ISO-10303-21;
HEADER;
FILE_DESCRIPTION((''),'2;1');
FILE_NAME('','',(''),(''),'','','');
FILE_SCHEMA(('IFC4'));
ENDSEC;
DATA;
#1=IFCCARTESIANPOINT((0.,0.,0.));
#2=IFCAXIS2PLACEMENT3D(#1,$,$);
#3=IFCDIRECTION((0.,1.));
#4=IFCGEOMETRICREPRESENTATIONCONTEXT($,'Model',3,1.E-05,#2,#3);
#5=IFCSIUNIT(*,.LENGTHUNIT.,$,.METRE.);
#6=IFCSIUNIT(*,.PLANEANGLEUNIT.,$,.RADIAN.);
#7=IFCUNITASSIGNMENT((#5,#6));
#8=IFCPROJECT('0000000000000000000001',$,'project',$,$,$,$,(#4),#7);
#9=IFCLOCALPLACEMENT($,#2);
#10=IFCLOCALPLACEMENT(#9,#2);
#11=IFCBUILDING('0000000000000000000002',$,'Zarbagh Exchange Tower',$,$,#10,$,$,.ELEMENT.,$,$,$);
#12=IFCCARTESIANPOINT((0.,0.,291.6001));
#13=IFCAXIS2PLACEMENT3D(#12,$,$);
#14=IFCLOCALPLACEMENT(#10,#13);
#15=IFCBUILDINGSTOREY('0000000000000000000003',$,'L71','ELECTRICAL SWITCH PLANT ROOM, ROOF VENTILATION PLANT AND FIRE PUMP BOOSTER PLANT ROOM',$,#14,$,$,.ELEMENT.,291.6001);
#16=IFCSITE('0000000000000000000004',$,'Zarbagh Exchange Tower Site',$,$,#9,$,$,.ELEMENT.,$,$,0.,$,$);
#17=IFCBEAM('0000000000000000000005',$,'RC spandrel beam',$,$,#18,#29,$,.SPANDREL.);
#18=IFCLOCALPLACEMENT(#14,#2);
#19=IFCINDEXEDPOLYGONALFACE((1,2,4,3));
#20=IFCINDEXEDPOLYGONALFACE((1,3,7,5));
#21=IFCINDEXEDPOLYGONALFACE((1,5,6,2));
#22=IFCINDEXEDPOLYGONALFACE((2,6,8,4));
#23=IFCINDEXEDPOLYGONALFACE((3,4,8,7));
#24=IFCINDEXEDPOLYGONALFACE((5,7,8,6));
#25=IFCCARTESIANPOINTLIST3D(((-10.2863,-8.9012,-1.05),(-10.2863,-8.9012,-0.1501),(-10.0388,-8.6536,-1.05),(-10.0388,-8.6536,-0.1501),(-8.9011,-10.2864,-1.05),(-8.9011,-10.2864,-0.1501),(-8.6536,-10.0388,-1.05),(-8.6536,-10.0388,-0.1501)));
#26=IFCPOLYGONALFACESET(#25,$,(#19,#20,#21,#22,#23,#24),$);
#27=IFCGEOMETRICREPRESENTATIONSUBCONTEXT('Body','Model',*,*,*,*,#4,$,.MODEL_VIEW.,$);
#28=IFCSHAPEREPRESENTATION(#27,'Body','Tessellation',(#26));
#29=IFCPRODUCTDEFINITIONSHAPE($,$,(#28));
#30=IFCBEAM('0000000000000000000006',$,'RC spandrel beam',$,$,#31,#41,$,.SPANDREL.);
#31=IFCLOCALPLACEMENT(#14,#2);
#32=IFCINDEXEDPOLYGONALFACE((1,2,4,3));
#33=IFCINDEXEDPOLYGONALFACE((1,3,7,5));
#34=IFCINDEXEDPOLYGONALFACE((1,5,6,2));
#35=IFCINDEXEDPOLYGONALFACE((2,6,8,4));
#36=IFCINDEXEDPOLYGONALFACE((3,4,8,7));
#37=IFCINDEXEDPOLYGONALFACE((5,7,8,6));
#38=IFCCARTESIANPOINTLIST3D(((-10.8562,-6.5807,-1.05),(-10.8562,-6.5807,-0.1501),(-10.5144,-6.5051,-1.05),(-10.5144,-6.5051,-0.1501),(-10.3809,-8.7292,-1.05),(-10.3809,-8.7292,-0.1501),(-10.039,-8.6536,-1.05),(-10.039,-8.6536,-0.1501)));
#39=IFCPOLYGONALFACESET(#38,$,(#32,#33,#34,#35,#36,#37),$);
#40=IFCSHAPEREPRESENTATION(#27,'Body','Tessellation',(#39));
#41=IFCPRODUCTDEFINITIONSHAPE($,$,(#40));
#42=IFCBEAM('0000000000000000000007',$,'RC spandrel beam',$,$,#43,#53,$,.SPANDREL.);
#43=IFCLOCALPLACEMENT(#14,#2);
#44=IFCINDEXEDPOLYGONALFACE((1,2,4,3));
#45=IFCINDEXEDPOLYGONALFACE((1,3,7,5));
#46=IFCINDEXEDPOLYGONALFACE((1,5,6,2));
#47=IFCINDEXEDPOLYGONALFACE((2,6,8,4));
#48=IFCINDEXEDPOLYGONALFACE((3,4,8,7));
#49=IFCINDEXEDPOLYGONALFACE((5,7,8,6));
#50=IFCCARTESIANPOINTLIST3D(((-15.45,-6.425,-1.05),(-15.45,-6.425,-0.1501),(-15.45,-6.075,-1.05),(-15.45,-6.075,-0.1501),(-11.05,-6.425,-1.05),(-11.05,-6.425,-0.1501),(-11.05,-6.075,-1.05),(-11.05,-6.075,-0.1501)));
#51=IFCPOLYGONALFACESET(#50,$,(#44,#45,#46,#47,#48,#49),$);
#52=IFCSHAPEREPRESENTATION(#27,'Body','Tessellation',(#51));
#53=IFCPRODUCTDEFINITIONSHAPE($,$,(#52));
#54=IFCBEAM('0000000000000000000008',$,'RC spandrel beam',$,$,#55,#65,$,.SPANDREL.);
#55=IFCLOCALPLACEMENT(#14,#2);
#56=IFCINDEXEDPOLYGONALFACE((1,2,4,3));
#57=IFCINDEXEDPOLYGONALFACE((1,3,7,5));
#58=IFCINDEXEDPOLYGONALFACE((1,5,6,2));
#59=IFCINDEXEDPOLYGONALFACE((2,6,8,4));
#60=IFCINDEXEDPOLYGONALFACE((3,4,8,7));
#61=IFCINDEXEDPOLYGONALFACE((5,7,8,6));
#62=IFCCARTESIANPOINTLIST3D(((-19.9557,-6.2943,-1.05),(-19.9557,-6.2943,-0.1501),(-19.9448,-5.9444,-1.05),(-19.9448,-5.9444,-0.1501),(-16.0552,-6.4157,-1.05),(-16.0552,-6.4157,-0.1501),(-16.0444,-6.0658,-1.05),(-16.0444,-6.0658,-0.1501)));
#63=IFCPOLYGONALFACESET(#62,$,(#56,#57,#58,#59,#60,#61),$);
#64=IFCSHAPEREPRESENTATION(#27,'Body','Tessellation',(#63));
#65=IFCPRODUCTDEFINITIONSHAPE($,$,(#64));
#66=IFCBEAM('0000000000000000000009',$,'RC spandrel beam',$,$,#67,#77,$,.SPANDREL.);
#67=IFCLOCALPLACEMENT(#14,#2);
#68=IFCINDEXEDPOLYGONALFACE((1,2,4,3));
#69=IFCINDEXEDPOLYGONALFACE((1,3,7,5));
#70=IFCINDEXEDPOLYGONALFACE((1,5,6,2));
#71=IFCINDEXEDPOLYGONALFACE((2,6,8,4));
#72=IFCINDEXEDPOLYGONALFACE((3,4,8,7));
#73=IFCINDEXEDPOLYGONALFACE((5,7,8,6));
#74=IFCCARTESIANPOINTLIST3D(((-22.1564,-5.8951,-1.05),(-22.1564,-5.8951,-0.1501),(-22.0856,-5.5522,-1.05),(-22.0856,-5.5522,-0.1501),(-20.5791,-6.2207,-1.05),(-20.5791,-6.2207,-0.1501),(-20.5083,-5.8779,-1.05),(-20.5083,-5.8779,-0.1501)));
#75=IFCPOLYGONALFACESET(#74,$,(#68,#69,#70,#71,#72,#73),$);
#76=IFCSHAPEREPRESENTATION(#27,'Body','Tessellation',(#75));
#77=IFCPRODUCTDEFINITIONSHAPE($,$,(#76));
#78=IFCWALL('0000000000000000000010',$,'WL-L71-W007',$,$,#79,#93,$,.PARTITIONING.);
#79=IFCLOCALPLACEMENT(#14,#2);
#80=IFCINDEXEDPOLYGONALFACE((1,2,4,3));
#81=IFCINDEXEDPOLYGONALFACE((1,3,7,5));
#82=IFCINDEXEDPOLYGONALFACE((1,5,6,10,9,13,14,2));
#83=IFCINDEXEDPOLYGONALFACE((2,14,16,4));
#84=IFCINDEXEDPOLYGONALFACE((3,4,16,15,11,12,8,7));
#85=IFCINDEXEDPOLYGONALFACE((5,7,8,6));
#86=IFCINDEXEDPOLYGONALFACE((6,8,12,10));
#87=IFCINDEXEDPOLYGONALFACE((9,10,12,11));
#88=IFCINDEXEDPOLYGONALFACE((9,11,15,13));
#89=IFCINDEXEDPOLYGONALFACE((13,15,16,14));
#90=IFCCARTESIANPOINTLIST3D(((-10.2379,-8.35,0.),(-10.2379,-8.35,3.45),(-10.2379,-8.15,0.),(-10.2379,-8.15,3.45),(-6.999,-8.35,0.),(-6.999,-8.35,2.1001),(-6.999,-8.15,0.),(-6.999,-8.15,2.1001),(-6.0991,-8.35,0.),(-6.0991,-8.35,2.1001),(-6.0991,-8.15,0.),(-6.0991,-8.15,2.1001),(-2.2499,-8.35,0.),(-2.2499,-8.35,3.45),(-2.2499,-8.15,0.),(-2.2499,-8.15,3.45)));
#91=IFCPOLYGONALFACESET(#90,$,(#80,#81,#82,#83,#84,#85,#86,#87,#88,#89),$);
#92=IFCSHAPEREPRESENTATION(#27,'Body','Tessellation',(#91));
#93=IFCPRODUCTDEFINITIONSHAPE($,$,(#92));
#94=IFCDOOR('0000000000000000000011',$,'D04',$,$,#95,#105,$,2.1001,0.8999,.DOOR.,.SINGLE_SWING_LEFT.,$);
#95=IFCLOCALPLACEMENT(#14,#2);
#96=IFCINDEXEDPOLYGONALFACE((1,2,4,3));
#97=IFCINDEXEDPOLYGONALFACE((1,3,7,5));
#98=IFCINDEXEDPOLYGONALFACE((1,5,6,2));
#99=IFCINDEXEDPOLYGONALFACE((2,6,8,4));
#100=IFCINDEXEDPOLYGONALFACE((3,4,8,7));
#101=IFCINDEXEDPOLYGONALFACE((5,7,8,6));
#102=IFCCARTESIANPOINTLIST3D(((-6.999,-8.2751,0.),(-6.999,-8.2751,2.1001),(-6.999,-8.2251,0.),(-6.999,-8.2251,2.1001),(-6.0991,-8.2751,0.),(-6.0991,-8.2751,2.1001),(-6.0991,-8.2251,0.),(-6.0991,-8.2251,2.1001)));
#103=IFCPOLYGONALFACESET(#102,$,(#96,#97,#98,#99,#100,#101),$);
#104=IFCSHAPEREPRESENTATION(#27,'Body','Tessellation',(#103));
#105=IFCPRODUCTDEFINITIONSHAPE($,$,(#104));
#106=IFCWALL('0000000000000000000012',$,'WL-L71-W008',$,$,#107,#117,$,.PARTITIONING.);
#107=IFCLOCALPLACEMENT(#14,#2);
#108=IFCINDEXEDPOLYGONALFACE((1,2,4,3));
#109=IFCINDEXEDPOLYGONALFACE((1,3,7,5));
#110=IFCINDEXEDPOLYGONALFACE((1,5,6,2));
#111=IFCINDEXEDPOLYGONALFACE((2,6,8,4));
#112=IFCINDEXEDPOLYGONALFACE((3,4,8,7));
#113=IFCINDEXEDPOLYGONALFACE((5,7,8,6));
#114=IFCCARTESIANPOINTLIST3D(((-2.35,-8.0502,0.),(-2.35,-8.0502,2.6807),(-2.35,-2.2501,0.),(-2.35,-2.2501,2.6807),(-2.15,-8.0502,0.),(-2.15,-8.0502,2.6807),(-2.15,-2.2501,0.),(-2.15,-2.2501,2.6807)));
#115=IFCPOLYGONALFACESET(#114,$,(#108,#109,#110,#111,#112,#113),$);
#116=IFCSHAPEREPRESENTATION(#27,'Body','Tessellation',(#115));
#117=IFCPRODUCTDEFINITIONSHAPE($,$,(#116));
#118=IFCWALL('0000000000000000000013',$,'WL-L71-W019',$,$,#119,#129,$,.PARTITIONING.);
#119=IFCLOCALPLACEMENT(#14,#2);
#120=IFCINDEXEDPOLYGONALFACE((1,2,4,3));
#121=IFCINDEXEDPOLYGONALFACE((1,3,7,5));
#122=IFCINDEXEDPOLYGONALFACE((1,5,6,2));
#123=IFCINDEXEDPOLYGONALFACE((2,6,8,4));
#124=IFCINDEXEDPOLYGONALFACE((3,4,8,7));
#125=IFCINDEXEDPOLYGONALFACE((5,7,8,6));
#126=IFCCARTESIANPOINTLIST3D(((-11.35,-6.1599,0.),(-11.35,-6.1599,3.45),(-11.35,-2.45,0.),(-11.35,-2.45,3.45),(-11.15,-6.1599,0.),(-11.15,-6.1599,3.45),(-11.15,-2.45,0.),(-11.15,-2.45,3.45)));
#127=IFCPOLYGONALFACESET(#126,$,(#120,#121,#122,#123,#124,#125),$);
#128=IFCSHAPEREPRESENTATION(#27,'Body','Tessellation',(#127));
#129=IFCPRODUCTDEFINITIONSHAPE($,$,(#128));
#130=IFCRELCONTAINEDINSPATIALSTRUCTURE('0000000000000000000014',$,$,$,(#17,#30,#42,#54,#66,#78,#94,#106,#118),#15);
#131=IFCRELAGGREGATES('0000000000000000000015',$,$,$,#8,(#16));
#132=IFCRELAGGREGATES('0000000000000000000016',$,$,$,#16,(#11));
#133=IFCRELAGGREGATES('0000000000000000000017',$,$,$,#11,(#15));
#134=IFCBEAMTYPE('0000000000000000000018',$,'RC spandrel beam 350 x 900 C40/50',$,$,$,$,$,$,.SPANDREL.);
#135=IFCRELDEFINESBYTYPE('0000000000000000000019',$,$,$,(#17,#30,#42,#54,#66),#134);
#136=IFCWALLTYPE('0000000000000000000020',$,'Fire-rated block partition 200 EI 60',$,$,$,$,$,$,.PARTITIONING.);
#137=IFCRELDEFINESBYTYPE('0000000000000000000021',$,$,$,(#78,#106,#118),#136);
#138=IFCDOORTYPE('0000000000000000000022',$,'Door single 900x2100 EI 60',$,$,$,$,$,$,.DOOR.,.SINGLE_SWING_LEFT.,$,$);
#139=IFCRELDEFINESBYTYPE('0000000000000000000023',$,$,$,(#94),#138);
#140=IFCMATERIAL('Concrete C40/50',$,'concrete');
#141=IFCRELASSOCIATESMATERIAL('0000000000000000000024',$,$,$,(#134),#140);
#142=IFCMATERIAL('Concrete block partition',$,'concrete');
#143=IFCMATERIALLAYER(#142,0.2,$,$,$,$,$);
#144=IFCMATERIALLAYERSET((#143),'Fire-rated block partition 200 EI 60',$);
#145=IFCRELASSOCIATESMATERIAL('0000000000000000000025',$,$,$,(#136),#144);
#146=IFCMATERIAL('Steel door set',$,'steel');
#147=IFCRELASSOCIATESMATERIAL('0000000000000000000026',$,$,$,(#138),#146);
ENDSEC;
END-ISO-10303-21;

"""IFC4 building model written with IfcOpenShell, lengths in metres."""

from ifc_helpers import new_model, si_unit, direction, frame, frame_2d, origin, origin_2d, place, context, subcontext, project, spatial, rectangle, extrude, material, layer, layer_set, material_profile, profile_set, type_object, element, fill, save


model = new_model("IFC4")

# Units and contexts
model_context = context("Model", 3, precision=1e-05, world=origin(), true_north=direction((0.0, 1.0)))
body_context = subcontext(model_context, "Body", "Model", "MODEL_VIEW")
ifc_project = project(units=[si_unit("LENGTHUNIT", "METRE"), si_unit("PLANEANGLEUNIT", "RADIAN")], contexts=[model_context])

# Site, building, storey
site_placement = place(None, origin())
site = spatial("IfcSite", under=ifc_project, at=site_placement, Name="Zarbagh Exchange Tower Site", CompositionType="ELEMENT", RefElevation=0.0)
building_placement = place(site_placement, origin())
building = spatial("IfcBuilding", under=site, at=building_placement, Name="Zarbagh Exchange Tower", CompositionType="ELEMENT")
storey_placement = place(building_placement, frame((0.0, 0.0, 291.6001)))
storey = spatial("IfcBuildingStorey", under=building, at=storey_placement, Name="L71", Description="ELECTRICAL SWITCH PLANT ROOM, ROOF VENTILATION PLANT AND FIRE PUMP BOOSTER PLANT ROOM", CompositionType="ELEMENT", Elevation=291.6001)

# Shared definitions
ifc_material_1 = material(Name="Concrete C40/50", Category="concrete")

# Beams
ifc_material_profile_1 = material_profile(ifc_material_1, rectangle(XDim=0.3501, YDim=0.8999, at=origin_2d()), Name="RC spandrel beam 350 x 900 C40/50")
ifc_profile_set_1 = profile_set([ifc_material_profile_1], Name="Concrete C40/50")
beam_type_1 = type_object("IfcBeamType", Name="RC spandrel beam 350 x 900 C40/50", PredefinedType="SPANDREL", material=ifc_profile_set_1)
beam_1_placement = place(storey_placement, frame((-8.7773, -10.1626, -0.6001), z_axis=(-0.707107, 0.707107, 0.0), x_axis=(-0.707107, -0.707107, 0.0)))
element("IfcBeam", 1, at=beam_1_placement, inside=storey, type_object=beam_type_1, Name="RC spandrel beam", PredefinedType="SPANDREL", context=body_context, shape_type="SweptSolid", body=[
    extrude(rectangle(XDim=0.3501, YDim=0.8999, at=origin_2d()), origin(), (0.0, 0.0, 1.0), 1.959),
])
beam_2_placement = place(storey_placement, frame((-10.21, -8.6914, -0.6001), z_axis=(-0.216026, 0.976388, 0.0), x_axis=(-0.976388, -0.216026, 0.0)))
element("IfcBeam", 2, at=beam_2_placement, inside=storey, type_object=beam_type_1, Name="RC spandrel beam", PredefinedType="SPANDREL", context=body_context, shape_type="SweptSolid", body=[
    extrude(rectangle(XDim=0.3501, YDim=0.8999, at=origin_2d()), origin(), (0.0, 0.0, 1.0), 2.2004),
])
beam_3_placement = place(storey_placement, frame((-11.05, -6.25, -0.6001), z_axis=(-1.0, 0.0, 0.0), x_axis=(0.0, -1.0, 0.0)))
element("IfcBeam", 3, at=beam_3_placement, inside=storey, type_object=beam_type_1, Name="RC spandrel beam", PredefinedType="SPANDREL", context=body_context, shape_type="SweptSolid", body=[
    extrude(rectangle(XDim=0.3501, YDim=0.8999, at=origin_2d()), origin(), (0.0, 0.0, 1.0), 4.3999),
])
beam_4_placement = place(storey_placement, frame((-16.0498, -6.2407, -0.6001), z_axis=(-0.999516, 0.031094, 0.0), x_axis=(-0.031094, -0.999516, 0.0)))
element("IfcBeam", 4, at=beam_4_placement, inside=storey, type_object=beam_type_1, Name="RC spandrel beam", PredefinedType="SPANDREL", context=body_context, shape_type="SweptSolid", body=[
    extrude(rectangle(XDim=0.3501, YDim=0.8999, at=origin_2d()), origin(), (0.0, 0.0, 1.0), 3.9023),
])
beam_5_placement = place(storey_placement, frame((-20.5437, -6.0493, -0.6001), z_axis=(-0.979343, 0.202205, 0.0), x_axis=(-0.202205, -0.979343, 0.0)))
element("IfcBeam", 5, at=beam_5_placement, inside=storey, type_object=beam_type_1, Name="RC spandrel beam", PredefinedType="SPANDREL", context=body_context, shape_type="SweptSolid", body=[
    extrude(rectangle(XDim=0.3501, YDim=0.8999, at=origin_2d()), origin(), (0.0, 0.0, 1.0), 1.6106),
])

# Wall, opening, door
ifc_material_2 = material(Name="Concrete block partition", Category="concrete")
ifc_layer = layer(ifc_material_2, 0.2)
ifc_layer_set = layer_set([ifc_layer], Name="Fire-rated block partition 200 EI 60")
wall_type = type_object("IfcWallType", Name="Fire-rated block partition 200 EI 60", PredefinedType="PARTITIONING", material=ifc_layer_set)
wall_1_placement = place(storey_placement, frame((-10.238, -8.25, 0.0), z_axis=(0.0, 0.0, 1.0), x_axis=(1.0, 0.0, 0.0)))
wall_1 = element("IfcWall", 6, at=wall_1_placement, inside=storey, type_object=wall_type, Name="WL-L71-W007", PredefinedType="PARTITIONING", context=body_context, shape_type="SweptSolid", body=[
    extrude(rectangle(XDim=7.988, YDim=0.2, at=frame_2d((3.9941, 0.0))), origin(), (0.0, 0.0, 1.0), 3.45),
])
opening_placement = place(wall_1_placement, frame((3.239, 0.0, 0.0)))
opening = element("IfcOpeningElement", 7, at=opening_placement, cuts=wall_1, PredefinedType="OPENING", context=body_context, shape_type="SweptSolid", body=[
    extrude(rectangle(XDim=0.8999, YDim=2.1001, at=frame_2d((0.45, 1.05))), frame((0.0, 0.1099, 0.0), z_axis=(0.0, -1.0, 0.0), x_axis=(1.0, 0.0, 0.0)), (0.0, 0.0, 1.0), 0.22),
])
ifc_material_3 = material(Name="Steel door set", Category="steel")
door_type = type_object("IfcDoorType", Name="Door single 900x2100 EI 60", OperationType="SINGLE_SWING_LEFT", PredefinedType="DOOR", material=ifc_material_3)
door_placement = place(opening_placement, origin())
door = element("IfcDoor", 8, at=door_placement, inside=storey, type_object=door_type, Name="D04", OperationType="SINGLE_SWING_LEFT", OverallHeight=2.1001, OverallWidth=0.8999, PredefinedType="DOOR", context=body_context, shape_type="SweptSolid", body=[
    extrude(rectangle(XDim=0.8999, YDim=2.1001, at=frame_2d((0.45, 1.05))), frame((0.0, 0.0249, 0.0), z_axis=(0.0, -1.0, 0.0), x_axis=(1.0, 0.0, 0.0)), (0.0, 0.0, 1.0), 0.05),
])
fill(opening, door)

# Walls
wall_2_placement = place(storey_placement, frame((-2.25, -8.05, 0.0), z_axis=(0.0, 0.0, 1.0), x_axis=(0.0, 1.0, 0.0)))
element("IfcWall", 9, at=wall_2_placement, inside=storey, type_object=wall_type, Name="WL-L71-W008", PredefinedType="PARTITIONING", context=body_context, shape_type="SweptSolid", body=[
    extrude(rectangle(XDim=5.8, YDim=0.2, at=frame_2d((2.8999, 0.0))), origin(), (0.0, 0.0, 1.0), 2.6807),
])
wall_3_placement = place(storey_placement, frame((-11.25, -6.1599, 0.0), z_axis=(0.0, 0.0, 1.0), x_axis=(0.0, 1.0, 0.0)))
element("IfcWall", 10, at=wall_3_placement, inside=storey, type_object=wall_type, Name="WL-L71-W019", PredefinedType="PARTITIONING", context=body_context, shape_type="SweptSolid", body=[
    extrude(rectangle(XDim=3.71, YDim=0.2, at=frame_2d((1.855, 0.0))), origin(), (0.0, 0.0, 1.0), 3.45),
])

save(model, "model.ifc")
